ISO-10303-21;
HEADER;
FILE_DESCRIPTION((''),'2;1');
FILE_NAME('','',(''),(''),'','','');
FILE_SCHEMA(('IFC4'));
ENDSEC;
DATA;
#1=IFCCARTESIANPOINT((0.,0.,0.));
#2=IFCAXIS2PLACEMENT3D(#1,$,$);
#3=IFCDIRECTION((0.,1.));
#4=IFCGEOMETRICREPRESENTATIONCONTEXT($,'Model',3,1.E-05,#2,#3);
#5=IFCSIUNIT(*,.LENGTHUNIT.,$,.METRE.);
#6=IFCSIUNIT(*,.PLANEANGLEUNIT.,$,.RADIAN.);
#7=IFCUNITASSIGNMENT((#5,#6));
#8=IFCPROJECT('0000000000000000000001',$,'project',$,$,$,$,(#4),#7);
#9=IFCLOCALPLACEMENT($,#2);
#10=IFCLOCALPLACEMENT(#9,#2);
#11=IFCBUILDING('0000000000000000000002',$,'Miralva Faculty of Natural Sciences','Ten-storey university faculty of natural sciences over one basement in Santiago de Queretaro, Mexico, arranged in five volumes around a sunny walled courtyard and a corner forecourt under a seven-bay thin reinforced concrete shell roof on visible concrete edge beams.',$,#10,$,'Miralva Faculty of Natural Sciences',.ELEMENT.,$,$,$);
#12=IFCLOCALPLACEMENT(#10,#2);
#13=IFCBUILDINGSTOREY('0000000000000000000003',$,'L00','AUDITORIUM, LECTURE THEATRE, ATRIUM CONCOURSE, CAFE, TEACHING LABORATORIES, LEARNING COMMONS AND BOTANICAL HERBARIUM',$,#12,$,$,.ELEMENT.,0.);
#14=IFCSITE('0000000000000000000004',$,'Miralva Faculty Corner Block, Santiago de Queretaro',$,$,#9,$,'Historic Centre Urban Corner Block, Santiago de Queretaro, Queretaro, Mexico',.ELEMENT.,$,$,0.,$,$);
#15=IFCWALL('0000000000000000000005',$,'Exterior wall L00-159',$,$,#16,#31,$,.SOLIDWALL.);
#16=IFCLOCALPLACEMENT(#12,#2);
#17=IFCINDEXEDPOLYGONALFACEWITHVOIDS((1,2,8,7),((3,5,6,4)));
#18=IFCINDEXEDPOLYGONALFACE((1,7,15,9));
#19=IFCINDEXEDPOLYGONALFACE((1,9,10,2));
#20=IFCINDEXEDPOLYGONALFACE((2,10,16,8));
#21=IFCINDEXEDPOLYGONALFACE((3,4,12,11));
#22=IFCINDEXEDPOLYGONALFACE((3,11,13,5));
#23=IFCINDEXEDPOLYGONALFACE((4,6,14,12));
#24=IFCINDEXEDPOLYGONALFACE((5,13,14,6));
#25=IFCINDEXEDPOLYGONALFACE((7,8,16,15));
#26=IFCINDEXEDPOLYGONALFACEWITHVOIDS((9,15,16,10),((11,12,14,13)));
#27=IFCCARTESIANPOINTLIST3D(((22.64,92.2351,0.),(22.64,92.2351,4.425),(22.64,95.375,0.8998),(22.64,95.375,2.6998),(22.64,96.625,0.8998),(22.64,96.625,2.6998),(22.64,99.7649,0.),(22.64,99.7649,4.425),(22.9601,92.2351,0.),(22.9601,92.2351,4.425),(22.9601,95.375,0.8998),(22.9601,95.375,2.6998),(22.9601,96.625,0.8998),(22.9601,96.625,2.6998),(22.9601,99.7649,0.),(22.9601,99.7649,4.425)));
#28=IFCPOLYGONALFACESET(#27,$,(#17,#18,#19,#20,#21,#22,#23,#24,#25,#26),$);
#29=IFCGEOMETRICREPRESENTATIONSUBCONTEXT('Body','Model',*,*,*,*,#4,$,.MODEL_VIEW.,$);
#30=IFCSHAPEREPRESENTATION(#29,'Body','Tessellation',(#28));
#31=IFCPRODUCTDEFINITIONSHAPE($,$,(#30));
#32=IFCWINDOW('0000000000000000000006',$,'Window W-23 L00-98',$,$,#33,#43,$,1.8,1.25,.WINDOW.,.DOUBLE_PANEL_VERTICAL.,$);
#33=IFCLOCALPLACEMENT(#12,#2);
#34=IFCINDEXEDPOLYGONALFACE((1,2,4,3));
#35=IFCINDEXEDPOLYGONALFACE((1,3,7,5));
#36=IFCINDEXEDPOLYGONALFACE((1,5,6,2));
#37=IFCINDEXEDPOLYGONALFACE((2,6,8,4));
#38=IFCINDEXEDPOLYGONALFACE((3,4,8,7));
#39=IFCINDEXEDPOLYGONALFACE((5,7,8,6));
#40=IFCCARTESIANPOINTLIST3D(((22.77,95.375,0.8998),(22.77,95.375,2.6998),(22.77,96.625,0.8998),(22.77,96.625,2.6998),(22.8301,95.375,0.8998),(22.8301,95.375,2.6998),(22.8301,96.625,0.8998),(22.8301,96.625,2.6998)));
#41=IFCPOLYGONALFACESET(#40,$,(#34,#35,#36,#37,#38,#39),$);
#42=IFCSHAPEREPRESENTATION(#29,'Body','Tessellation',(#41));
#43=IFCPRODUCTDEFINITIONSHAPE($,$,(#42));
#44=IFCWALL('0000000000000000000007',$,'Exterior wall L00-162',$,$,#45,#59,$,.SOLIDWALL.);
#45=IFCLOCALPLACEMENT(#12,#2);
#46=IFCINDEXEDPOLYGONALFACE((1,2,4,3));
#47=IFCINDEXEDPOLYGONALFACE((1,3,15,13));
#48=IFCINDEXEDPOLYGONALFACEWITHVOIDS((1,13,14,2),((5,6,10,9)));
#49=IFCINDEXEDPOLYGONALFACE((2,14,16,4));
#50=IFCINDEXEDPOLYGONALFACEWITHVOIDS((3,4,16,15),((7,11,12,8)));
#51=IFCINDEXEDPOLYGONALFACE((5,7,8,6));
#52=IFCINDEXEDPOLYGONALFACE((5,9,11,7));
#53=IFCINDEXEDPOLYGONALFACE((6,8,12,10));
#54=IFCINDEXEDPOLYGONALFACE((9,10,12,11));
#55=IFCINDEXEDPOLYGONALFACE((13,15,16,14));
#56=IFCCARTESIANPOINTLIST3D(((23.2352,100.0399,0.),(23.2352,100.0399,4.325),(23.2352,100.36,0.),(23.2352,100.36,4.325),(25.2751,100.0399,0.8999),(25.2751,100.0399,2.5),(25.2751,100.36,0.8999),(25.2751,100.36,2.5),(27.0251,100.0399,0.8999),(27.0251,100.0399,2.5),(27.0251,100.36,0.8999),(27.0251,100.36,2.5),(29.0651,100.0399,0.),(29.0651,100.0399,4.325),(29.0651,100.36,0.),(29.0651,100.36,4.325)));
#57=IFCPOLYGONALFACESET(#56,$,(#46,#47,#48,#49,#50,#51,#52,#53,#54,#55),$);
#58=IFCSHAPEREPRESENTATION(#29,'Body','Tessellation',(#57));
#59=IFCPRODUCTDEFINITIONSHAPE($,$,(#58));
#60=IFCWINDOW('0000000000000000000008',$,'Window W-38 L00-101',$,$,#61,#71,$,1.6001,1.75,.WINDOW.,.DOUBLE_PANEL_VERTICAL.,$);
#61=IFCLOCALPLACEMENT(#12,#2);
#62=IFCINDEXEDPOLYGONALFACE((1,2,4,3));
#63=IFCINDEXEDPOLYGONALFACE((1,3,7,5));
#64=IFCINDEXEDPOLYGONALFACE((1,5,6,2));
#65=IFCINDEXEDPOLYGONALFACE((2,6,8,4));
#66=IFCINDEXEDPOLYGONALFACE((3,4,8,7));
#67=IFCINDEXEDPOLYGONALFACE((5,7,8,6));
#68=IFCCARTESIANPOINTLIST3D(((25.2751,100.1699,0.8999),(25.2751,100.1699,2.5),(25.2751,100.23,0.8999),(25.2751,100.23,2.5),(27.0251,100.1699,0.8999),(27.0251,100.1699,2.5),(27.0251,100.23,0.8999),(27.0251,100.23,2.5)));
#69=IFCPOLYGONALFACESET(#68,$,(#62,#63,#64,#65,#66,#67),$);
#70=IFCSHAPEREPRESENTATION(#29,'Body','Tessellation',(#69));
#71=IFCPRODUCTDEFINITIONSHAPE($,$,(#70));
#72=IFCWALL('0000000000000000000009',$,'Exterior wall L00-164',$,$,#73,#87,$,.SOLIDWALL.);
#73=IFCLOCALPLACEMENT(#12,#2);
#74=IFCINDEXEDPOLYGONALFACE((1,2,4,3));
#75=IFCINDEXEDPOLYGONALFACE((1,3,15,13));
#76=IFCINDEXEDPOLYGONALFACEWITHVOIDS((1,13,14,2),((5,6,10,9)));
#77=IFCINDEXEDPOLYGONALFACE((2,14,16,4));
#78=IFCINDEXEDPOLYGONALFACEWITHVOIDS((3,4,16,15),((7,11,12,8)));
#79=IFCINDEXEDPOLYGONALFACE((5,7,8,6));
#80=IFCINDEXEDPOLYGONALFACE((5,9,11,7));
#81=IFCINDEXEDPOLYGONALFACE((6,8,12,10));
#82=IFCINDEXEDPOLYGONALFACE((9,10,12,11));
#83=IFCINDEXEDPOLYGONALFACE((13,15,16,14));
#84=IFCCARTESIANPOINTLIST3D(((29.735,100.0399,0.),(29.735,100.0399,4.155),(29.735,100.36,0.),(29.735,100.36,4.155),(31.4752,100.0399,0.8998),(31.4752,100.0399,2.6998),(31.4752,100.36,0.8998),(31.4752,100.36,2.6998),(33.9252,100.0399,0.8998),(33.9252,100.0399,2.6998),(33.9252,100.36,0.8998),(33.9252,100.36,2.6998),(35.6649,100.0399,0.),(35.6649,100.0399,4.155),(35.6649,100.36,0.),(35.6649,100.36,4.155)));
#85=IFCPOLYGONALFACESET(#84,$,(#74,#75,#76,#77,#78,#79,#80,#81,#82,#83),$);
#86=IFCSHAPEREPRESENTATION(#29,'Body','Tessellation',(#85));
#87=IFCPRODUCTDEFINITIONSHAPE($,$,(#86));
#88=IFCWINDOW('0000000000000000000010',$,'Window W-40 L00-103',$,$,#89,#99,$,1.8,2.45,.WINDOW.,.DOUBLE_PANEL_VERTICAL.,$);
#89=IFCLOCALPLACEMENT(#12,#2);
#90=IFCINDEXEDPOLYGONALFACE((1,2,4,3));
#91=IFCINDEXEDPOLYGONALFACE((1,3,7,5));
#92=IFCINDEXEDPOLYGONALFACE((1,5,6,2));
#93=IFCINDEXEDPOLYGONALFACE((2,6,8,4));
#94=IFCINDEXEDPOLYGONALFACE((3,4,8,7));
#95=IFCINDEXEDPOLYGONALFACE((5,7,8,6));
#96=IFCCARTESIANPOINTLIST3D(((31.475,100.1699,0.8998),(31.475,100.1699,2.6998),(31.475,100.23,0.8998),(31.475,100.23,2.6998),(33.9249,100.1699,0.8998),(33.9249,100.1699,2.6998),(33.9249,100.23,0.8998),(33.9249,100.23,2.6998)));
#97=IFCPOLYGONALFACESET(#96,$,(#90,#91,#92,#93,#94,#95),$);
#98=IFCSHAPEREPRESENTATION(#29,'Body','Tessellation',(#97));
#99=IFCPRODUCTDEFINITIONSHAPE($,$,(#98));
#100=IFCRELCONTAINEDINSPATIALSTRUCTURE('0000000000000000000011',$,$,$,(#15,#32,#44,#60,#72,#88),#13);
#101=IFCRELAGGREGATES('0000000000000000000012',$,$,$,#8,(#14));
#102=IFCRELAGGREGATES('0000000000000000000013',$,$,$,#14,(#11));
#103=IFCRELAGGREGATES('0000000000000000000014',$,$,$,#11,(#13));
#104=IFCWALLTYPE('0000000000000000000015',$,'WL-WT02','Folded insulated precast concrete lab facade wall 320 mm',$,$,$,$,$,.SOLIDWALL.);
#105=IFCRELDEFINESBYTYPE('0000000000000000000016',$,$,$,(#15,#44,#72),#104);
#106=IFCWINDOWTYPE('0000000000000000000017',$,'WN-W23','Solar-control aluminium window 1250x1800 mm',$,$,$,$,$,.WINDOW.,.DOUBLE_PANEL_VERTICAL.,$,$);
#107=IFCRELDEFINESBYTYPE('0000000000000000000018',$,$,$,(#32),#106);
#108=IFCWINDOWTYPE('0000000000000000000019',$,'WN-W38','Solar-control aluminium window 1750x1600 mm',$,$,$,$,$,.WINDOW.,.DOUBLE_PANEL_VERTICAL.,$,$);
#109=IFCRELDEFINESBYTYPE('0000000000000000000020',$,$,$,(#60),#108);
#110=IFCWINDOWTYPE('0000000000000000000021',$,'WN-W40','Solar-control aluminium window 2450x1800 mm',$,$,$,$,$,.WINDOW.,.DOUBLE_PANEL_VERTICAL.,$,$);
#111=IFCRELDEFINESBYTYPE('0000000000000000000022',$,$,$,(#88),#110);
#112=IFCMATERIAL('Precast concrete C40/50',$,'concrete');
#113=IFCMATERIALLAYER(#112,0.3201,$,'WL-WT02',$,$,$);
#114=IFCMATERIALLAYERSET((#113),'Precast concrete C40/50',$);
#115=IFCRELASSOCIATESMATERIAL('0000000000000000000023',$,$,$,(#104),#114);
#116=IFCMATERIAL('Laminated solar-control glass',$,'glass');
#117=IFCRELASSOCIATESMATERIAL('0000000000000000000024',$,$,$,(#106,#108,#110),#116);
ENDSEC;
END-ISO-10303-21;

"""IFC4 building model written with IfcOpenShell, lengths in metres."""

from ifc_helpers import new_model, si_unit, direction, frame, frame_2d, origin, place, context, subcontext, project, spatial, rectangle, extrude, material, layer, layer_set, type_object, element, fill, save


model = new_model("IFC4")

# Units and contexts
model_context = context("Model", 3, precision=1e-05, world=origin(), true_north=direction((0.0, 1.0)))
body_context = subcontext(model_context, "Body", "Model", "MODEL_VIEW")
ifc_project = project(units=[si_unit("LENGTHUNIT", "METRE"), si_unit("PLANEANGLEUNIT", "RADIAN")], contexts=[model_context])

# Site, building, storey
site_placement = place(None, origin())
site = spatial("IfcSite", under=ifc_project, at=site_placement, Name="Miralva Faculty Corner Block, Santiago de Queretaro", LongName="Historic Centre Urban Corner Block, Santiago de Queretaro, Queretaro, Mexico", CompositionType="ELEMENT", RefElevation=0.0)
building_placement = place(site_placement, origin())
building = spatial("IfcBuilding", under=site, at=building_placement, Name="Miralva Faculty of Natural Sciences", Description="Ten-storey university faculty of natural sciences over one basement in Santiago de Queretaro, Mexico, arranged in five volumes around a sunny walled courtyard and a corner forecourt under a seven-bay thin reinforced concrete shell roof on visible concrete edge beams.", LongName="Miralva Faculty of Natural Sciences", CompositionType="ELEMENT")
storey_placement = place(building_placement, origin())
storey = spatial("IfcBuildingStorey", under=building, at=storey_placement, Name="L00", Description="AUDITORIUM, LECTURE THEATRE, ATRIUM CONCOURSE, CAFE, TEACHING LABORATORIES, LEARNING COMMONS AND BOTANICAL HERBARIUM", CompositionType="ELEMENT", Elevation=0.0)

# Walls, openings, windows
ifc_material_1 = material(Name="Precast concrete C40/50", Category="concrete")
ifc_layer_1 = layer(ifc_material_1, 0.3201, Name="WL-WT02")
ifc_layer_set_1 = layer_set([ifc_layer_1], Name="Precast concrete C40/50")
wall_type_1 = type_object("IfcWallType", Name="WL-WT02", Description="Folded insulated precast concrete lab facade wall 320 mm", PredefinedType="SOLIDWALL", material=ifc_layer_set_1)
wall_1_placement = place(storey_placement, frame((22.8, 92.2351, 0.0), z_axis=(0.0, 0.0, 1.0), x_axis=(0.0, 1.0, 0.0)))
wall_1 = element("IfcWall", 1, at=wall_1_placement, inside=storey, type_object=wall_type_1, Name="Exterior wall L00-159", PredefinedType="SOLIDWALL", context=body_context, shape_type="SweptSolid", body=[
    extrude(rectangle(XDim=7.5298, YDim=0.3201, at=frame_2d((3.7649, 0.0))), origin(), (0.0, 0.0, 1.0), 4.425),
])
opening_1_placement = place(wall_1_placement, frame((3.1399, 0.0, 0.8999)))
opening_1 = element("IfcOpeningElement", 2, at=opening_1_placement, cuts=wall_1, PredefinedType="OPENING", context=body_context, shape_type="SweptSolid", body=[
    extrude(rectangle(XDim=1.25, YDim=1.8, at=frame_2d((0.625, 0.8999))), frame((0.0, 0.1699, 0.0), z_axis=(0.0, -1.0, 0.0), x_axis=(1.0, 0.0, 0.0)), (0.0, 0.0, 1.0), 0.3401),
])
ifc_material_2 = material(Name="Laminated solar-control glass", Category="glass")
window_type_1 = type_object("IfcWindowType", Name="WN-W23", Description="Solar-control aluminium window 1250x1800 mm", PartitioningType="DOUBLE_PANEL_VERTICAL", PredefinedType="WINDOW", material=ifc_material_2)
window_1_placement = place(opening_1_placement, frame((1.25, 0.0, 0.0), z_axis=(0.0, 0.0, 1.0), x_axis=(-1.0, 0.0, 0.0)))
window_1 = element("IfcWindow", 3, at=window_1_placement, inside=storey, type_object=window_type_1, Name="Window W-23 L00-98", OverallHeight=1.8, OverallWidth=1.25, PartitioningType="DOUBLE_PANEL_VERTICAL", PredefinedType="WINDOW", context=body_context, shape_type="SweptSolid", body=[
    extrude(rectangle(XDim=1.25, YDim=1.8, at=frame_2d((0.625, 0.8999))), frame((0.0, 0.03, 0.0), z_axis=(0.0, -1.0, 0.0), x_axis=(1.0, 0.0, 0.0)), (0.0, 0.0, 1.0), 0.0601),
])
fill(opening_1, window_1)
wall_2_placement = place(storey_placement, frame((23.2351, 100.2, 0.0), z_axis=(0.0, 0.0, 1.0), x_axis=(1.0, 0.0, 0.0)))
wall_2 = element("IfcWall", 4, at=wall_2_placement, inside=storey, type_object=wall_type_1, Name="Exterior wall L00-162", PredefinedType="SOLIDWALL", context=body_context, shape_type="SweptSolid", body=[
    extrude(rectangle(XDim=5.8298, YDim=0.3201, at=frame_2d((2.915, 0.0))), origin(), (0.0, 0.0, 1.0), 4.325),
])
opening_2_placement = place(wall_2_placement, frame((2.04, 0.0, 0.8999)))
opening_2 = element("IfcOpeningElement", 5, at=opening_2_placement, cuts=wall_2, PredefinedType="OPENING", context=body_context, shape_type="SweptSolid", body=[
    extrude(rectangle(XDim=1.75, YDim=1.6001, at=frame_2d((0.875, 0.8))), frame((0.0, 0.1699, 0.0), z_axis=(0.0, -1.0, 0.0), x_axis=(1.0, 0.0, 0.0)), (0.0, 0.0, 1.0), 0.3401),
])
window_type_2 = type_object("IfcWindowType", Name="WN-W38", Description="Solar-control aluminium window 1750x1600 mm", PartitioningType="DOUBLE_PANEL_VERTICAL", PredefinedType="WINDOW", material=ifc_material_2)
window_2_placement = place(opening_2_placement, frame((1.75, 0.0, 0.0), z_axis=(0.0, 0.0, 1.0), x_axis=(-1.0, 0.0, 0.0)))
window_2 = element("IfcWindow", 6, at=window_2_placement, inside=storey, type_object=window_type_2, Name="Window W-38 L00-101", OverallHeight=1.6001, OverallWidth=1.75, PartitioningType="DOUBLE_PANEL_VERTICAL", PredefinedType="WINDOW", context=body_context, shape_type="SweptSolid", body=[
    extrude(rectangle(XDim=1.75, YDim=1.6001, at=frame_2d((0.875, 0.8))), frame((0.0, 0.03, 0.0), z_axis=(0.0, -1.0, 0.0), x_axis=(1.0, 0.0, 0.0)), (0.0, 0.0, 1.0), 0.0601),
])
fill(opening_2, window_2)
wall_3_placement = place(storey_placement, frame((29.7351, 100.2, 0.0), z_axis=(0.0, 0.0, 1.0), x_axis=(1.0, 0.0, 0.0)))
wall_3 = element("IfcWall", 7, at=wall_3_placement, inside=storey, type_object=wall_type_1, Name="Exterior wall L00-164", PredefinedType="SOLIDWALL", context=body_context, shape_type="SweptSolid", body=[
    extrude(rectangle(XDim=5.9299, YDim=0.3201, at=frame_2d((2.9648, 0.0))), origin(), (0.0, 0.0, 1.0), 4.155),
])
opening_3_placement = place(wall_3_placement, frame((1.74, 0.0, 0.8999)))
opening_3 = element("IfcOpeningElement", 8, at=opening_3_placement, cuts=wall_3, PredefinedType="OPENING", context=body_context, shape_type="SweptSolid", body=[
    extrude(rectangle(XDim=2.45, YDim=1.8, at=frame_2d((1.2251, 0.8999))), frame((0.0, 0.1699, 0.0), z_axis=(0.0, -1.0, 0.0), x_axis=(1.0, 0.0, 0.0)), (0.0, 0.0, 1.0), 0.3401),
])
window_type_3 = type_object("IfcWindowType", Name="WN-W40", Description="Solar-control aluminium window 2450x1800 mm", PartitioningType="DOUBLE_PANEL_VERTICAL", PredefinedType="WINDOW", material=ifc_material_2)
window_3_placement = place(opening_3_placement, frame((2.45, 0.0, 0.0), z_axis=(0.0, 0.0, 1.0), x_axis=(-1.0, 0.0, 0.0)))
window_3 = element("IfcWindow", 9, at=window_3_placement, inside=storey, type_object=window_type_3, Name="Window W-40 L00-103", OverallHeight=1.8, OverallWidth=2.45, PartitioningType="DOUBLE_PANEL_VERTICAL", PredefinedType="WINDOW", context=body_context, shape_type="SweptSolid", body=[
    extrude(rectangle(XDim=2.45, YDim=1.8, at=frame_2d((1.2251, 0.8999))), frame((0.0, 0.03, 0.0), z_axis=(0.0, -1.0, 0.0), x_axis=(1.0, 0.0, 0.0)), (0.0, 0.0, 1.0), 0.0601),
])
fill(opening_3, window_3)

save(model, "model.ifc")
